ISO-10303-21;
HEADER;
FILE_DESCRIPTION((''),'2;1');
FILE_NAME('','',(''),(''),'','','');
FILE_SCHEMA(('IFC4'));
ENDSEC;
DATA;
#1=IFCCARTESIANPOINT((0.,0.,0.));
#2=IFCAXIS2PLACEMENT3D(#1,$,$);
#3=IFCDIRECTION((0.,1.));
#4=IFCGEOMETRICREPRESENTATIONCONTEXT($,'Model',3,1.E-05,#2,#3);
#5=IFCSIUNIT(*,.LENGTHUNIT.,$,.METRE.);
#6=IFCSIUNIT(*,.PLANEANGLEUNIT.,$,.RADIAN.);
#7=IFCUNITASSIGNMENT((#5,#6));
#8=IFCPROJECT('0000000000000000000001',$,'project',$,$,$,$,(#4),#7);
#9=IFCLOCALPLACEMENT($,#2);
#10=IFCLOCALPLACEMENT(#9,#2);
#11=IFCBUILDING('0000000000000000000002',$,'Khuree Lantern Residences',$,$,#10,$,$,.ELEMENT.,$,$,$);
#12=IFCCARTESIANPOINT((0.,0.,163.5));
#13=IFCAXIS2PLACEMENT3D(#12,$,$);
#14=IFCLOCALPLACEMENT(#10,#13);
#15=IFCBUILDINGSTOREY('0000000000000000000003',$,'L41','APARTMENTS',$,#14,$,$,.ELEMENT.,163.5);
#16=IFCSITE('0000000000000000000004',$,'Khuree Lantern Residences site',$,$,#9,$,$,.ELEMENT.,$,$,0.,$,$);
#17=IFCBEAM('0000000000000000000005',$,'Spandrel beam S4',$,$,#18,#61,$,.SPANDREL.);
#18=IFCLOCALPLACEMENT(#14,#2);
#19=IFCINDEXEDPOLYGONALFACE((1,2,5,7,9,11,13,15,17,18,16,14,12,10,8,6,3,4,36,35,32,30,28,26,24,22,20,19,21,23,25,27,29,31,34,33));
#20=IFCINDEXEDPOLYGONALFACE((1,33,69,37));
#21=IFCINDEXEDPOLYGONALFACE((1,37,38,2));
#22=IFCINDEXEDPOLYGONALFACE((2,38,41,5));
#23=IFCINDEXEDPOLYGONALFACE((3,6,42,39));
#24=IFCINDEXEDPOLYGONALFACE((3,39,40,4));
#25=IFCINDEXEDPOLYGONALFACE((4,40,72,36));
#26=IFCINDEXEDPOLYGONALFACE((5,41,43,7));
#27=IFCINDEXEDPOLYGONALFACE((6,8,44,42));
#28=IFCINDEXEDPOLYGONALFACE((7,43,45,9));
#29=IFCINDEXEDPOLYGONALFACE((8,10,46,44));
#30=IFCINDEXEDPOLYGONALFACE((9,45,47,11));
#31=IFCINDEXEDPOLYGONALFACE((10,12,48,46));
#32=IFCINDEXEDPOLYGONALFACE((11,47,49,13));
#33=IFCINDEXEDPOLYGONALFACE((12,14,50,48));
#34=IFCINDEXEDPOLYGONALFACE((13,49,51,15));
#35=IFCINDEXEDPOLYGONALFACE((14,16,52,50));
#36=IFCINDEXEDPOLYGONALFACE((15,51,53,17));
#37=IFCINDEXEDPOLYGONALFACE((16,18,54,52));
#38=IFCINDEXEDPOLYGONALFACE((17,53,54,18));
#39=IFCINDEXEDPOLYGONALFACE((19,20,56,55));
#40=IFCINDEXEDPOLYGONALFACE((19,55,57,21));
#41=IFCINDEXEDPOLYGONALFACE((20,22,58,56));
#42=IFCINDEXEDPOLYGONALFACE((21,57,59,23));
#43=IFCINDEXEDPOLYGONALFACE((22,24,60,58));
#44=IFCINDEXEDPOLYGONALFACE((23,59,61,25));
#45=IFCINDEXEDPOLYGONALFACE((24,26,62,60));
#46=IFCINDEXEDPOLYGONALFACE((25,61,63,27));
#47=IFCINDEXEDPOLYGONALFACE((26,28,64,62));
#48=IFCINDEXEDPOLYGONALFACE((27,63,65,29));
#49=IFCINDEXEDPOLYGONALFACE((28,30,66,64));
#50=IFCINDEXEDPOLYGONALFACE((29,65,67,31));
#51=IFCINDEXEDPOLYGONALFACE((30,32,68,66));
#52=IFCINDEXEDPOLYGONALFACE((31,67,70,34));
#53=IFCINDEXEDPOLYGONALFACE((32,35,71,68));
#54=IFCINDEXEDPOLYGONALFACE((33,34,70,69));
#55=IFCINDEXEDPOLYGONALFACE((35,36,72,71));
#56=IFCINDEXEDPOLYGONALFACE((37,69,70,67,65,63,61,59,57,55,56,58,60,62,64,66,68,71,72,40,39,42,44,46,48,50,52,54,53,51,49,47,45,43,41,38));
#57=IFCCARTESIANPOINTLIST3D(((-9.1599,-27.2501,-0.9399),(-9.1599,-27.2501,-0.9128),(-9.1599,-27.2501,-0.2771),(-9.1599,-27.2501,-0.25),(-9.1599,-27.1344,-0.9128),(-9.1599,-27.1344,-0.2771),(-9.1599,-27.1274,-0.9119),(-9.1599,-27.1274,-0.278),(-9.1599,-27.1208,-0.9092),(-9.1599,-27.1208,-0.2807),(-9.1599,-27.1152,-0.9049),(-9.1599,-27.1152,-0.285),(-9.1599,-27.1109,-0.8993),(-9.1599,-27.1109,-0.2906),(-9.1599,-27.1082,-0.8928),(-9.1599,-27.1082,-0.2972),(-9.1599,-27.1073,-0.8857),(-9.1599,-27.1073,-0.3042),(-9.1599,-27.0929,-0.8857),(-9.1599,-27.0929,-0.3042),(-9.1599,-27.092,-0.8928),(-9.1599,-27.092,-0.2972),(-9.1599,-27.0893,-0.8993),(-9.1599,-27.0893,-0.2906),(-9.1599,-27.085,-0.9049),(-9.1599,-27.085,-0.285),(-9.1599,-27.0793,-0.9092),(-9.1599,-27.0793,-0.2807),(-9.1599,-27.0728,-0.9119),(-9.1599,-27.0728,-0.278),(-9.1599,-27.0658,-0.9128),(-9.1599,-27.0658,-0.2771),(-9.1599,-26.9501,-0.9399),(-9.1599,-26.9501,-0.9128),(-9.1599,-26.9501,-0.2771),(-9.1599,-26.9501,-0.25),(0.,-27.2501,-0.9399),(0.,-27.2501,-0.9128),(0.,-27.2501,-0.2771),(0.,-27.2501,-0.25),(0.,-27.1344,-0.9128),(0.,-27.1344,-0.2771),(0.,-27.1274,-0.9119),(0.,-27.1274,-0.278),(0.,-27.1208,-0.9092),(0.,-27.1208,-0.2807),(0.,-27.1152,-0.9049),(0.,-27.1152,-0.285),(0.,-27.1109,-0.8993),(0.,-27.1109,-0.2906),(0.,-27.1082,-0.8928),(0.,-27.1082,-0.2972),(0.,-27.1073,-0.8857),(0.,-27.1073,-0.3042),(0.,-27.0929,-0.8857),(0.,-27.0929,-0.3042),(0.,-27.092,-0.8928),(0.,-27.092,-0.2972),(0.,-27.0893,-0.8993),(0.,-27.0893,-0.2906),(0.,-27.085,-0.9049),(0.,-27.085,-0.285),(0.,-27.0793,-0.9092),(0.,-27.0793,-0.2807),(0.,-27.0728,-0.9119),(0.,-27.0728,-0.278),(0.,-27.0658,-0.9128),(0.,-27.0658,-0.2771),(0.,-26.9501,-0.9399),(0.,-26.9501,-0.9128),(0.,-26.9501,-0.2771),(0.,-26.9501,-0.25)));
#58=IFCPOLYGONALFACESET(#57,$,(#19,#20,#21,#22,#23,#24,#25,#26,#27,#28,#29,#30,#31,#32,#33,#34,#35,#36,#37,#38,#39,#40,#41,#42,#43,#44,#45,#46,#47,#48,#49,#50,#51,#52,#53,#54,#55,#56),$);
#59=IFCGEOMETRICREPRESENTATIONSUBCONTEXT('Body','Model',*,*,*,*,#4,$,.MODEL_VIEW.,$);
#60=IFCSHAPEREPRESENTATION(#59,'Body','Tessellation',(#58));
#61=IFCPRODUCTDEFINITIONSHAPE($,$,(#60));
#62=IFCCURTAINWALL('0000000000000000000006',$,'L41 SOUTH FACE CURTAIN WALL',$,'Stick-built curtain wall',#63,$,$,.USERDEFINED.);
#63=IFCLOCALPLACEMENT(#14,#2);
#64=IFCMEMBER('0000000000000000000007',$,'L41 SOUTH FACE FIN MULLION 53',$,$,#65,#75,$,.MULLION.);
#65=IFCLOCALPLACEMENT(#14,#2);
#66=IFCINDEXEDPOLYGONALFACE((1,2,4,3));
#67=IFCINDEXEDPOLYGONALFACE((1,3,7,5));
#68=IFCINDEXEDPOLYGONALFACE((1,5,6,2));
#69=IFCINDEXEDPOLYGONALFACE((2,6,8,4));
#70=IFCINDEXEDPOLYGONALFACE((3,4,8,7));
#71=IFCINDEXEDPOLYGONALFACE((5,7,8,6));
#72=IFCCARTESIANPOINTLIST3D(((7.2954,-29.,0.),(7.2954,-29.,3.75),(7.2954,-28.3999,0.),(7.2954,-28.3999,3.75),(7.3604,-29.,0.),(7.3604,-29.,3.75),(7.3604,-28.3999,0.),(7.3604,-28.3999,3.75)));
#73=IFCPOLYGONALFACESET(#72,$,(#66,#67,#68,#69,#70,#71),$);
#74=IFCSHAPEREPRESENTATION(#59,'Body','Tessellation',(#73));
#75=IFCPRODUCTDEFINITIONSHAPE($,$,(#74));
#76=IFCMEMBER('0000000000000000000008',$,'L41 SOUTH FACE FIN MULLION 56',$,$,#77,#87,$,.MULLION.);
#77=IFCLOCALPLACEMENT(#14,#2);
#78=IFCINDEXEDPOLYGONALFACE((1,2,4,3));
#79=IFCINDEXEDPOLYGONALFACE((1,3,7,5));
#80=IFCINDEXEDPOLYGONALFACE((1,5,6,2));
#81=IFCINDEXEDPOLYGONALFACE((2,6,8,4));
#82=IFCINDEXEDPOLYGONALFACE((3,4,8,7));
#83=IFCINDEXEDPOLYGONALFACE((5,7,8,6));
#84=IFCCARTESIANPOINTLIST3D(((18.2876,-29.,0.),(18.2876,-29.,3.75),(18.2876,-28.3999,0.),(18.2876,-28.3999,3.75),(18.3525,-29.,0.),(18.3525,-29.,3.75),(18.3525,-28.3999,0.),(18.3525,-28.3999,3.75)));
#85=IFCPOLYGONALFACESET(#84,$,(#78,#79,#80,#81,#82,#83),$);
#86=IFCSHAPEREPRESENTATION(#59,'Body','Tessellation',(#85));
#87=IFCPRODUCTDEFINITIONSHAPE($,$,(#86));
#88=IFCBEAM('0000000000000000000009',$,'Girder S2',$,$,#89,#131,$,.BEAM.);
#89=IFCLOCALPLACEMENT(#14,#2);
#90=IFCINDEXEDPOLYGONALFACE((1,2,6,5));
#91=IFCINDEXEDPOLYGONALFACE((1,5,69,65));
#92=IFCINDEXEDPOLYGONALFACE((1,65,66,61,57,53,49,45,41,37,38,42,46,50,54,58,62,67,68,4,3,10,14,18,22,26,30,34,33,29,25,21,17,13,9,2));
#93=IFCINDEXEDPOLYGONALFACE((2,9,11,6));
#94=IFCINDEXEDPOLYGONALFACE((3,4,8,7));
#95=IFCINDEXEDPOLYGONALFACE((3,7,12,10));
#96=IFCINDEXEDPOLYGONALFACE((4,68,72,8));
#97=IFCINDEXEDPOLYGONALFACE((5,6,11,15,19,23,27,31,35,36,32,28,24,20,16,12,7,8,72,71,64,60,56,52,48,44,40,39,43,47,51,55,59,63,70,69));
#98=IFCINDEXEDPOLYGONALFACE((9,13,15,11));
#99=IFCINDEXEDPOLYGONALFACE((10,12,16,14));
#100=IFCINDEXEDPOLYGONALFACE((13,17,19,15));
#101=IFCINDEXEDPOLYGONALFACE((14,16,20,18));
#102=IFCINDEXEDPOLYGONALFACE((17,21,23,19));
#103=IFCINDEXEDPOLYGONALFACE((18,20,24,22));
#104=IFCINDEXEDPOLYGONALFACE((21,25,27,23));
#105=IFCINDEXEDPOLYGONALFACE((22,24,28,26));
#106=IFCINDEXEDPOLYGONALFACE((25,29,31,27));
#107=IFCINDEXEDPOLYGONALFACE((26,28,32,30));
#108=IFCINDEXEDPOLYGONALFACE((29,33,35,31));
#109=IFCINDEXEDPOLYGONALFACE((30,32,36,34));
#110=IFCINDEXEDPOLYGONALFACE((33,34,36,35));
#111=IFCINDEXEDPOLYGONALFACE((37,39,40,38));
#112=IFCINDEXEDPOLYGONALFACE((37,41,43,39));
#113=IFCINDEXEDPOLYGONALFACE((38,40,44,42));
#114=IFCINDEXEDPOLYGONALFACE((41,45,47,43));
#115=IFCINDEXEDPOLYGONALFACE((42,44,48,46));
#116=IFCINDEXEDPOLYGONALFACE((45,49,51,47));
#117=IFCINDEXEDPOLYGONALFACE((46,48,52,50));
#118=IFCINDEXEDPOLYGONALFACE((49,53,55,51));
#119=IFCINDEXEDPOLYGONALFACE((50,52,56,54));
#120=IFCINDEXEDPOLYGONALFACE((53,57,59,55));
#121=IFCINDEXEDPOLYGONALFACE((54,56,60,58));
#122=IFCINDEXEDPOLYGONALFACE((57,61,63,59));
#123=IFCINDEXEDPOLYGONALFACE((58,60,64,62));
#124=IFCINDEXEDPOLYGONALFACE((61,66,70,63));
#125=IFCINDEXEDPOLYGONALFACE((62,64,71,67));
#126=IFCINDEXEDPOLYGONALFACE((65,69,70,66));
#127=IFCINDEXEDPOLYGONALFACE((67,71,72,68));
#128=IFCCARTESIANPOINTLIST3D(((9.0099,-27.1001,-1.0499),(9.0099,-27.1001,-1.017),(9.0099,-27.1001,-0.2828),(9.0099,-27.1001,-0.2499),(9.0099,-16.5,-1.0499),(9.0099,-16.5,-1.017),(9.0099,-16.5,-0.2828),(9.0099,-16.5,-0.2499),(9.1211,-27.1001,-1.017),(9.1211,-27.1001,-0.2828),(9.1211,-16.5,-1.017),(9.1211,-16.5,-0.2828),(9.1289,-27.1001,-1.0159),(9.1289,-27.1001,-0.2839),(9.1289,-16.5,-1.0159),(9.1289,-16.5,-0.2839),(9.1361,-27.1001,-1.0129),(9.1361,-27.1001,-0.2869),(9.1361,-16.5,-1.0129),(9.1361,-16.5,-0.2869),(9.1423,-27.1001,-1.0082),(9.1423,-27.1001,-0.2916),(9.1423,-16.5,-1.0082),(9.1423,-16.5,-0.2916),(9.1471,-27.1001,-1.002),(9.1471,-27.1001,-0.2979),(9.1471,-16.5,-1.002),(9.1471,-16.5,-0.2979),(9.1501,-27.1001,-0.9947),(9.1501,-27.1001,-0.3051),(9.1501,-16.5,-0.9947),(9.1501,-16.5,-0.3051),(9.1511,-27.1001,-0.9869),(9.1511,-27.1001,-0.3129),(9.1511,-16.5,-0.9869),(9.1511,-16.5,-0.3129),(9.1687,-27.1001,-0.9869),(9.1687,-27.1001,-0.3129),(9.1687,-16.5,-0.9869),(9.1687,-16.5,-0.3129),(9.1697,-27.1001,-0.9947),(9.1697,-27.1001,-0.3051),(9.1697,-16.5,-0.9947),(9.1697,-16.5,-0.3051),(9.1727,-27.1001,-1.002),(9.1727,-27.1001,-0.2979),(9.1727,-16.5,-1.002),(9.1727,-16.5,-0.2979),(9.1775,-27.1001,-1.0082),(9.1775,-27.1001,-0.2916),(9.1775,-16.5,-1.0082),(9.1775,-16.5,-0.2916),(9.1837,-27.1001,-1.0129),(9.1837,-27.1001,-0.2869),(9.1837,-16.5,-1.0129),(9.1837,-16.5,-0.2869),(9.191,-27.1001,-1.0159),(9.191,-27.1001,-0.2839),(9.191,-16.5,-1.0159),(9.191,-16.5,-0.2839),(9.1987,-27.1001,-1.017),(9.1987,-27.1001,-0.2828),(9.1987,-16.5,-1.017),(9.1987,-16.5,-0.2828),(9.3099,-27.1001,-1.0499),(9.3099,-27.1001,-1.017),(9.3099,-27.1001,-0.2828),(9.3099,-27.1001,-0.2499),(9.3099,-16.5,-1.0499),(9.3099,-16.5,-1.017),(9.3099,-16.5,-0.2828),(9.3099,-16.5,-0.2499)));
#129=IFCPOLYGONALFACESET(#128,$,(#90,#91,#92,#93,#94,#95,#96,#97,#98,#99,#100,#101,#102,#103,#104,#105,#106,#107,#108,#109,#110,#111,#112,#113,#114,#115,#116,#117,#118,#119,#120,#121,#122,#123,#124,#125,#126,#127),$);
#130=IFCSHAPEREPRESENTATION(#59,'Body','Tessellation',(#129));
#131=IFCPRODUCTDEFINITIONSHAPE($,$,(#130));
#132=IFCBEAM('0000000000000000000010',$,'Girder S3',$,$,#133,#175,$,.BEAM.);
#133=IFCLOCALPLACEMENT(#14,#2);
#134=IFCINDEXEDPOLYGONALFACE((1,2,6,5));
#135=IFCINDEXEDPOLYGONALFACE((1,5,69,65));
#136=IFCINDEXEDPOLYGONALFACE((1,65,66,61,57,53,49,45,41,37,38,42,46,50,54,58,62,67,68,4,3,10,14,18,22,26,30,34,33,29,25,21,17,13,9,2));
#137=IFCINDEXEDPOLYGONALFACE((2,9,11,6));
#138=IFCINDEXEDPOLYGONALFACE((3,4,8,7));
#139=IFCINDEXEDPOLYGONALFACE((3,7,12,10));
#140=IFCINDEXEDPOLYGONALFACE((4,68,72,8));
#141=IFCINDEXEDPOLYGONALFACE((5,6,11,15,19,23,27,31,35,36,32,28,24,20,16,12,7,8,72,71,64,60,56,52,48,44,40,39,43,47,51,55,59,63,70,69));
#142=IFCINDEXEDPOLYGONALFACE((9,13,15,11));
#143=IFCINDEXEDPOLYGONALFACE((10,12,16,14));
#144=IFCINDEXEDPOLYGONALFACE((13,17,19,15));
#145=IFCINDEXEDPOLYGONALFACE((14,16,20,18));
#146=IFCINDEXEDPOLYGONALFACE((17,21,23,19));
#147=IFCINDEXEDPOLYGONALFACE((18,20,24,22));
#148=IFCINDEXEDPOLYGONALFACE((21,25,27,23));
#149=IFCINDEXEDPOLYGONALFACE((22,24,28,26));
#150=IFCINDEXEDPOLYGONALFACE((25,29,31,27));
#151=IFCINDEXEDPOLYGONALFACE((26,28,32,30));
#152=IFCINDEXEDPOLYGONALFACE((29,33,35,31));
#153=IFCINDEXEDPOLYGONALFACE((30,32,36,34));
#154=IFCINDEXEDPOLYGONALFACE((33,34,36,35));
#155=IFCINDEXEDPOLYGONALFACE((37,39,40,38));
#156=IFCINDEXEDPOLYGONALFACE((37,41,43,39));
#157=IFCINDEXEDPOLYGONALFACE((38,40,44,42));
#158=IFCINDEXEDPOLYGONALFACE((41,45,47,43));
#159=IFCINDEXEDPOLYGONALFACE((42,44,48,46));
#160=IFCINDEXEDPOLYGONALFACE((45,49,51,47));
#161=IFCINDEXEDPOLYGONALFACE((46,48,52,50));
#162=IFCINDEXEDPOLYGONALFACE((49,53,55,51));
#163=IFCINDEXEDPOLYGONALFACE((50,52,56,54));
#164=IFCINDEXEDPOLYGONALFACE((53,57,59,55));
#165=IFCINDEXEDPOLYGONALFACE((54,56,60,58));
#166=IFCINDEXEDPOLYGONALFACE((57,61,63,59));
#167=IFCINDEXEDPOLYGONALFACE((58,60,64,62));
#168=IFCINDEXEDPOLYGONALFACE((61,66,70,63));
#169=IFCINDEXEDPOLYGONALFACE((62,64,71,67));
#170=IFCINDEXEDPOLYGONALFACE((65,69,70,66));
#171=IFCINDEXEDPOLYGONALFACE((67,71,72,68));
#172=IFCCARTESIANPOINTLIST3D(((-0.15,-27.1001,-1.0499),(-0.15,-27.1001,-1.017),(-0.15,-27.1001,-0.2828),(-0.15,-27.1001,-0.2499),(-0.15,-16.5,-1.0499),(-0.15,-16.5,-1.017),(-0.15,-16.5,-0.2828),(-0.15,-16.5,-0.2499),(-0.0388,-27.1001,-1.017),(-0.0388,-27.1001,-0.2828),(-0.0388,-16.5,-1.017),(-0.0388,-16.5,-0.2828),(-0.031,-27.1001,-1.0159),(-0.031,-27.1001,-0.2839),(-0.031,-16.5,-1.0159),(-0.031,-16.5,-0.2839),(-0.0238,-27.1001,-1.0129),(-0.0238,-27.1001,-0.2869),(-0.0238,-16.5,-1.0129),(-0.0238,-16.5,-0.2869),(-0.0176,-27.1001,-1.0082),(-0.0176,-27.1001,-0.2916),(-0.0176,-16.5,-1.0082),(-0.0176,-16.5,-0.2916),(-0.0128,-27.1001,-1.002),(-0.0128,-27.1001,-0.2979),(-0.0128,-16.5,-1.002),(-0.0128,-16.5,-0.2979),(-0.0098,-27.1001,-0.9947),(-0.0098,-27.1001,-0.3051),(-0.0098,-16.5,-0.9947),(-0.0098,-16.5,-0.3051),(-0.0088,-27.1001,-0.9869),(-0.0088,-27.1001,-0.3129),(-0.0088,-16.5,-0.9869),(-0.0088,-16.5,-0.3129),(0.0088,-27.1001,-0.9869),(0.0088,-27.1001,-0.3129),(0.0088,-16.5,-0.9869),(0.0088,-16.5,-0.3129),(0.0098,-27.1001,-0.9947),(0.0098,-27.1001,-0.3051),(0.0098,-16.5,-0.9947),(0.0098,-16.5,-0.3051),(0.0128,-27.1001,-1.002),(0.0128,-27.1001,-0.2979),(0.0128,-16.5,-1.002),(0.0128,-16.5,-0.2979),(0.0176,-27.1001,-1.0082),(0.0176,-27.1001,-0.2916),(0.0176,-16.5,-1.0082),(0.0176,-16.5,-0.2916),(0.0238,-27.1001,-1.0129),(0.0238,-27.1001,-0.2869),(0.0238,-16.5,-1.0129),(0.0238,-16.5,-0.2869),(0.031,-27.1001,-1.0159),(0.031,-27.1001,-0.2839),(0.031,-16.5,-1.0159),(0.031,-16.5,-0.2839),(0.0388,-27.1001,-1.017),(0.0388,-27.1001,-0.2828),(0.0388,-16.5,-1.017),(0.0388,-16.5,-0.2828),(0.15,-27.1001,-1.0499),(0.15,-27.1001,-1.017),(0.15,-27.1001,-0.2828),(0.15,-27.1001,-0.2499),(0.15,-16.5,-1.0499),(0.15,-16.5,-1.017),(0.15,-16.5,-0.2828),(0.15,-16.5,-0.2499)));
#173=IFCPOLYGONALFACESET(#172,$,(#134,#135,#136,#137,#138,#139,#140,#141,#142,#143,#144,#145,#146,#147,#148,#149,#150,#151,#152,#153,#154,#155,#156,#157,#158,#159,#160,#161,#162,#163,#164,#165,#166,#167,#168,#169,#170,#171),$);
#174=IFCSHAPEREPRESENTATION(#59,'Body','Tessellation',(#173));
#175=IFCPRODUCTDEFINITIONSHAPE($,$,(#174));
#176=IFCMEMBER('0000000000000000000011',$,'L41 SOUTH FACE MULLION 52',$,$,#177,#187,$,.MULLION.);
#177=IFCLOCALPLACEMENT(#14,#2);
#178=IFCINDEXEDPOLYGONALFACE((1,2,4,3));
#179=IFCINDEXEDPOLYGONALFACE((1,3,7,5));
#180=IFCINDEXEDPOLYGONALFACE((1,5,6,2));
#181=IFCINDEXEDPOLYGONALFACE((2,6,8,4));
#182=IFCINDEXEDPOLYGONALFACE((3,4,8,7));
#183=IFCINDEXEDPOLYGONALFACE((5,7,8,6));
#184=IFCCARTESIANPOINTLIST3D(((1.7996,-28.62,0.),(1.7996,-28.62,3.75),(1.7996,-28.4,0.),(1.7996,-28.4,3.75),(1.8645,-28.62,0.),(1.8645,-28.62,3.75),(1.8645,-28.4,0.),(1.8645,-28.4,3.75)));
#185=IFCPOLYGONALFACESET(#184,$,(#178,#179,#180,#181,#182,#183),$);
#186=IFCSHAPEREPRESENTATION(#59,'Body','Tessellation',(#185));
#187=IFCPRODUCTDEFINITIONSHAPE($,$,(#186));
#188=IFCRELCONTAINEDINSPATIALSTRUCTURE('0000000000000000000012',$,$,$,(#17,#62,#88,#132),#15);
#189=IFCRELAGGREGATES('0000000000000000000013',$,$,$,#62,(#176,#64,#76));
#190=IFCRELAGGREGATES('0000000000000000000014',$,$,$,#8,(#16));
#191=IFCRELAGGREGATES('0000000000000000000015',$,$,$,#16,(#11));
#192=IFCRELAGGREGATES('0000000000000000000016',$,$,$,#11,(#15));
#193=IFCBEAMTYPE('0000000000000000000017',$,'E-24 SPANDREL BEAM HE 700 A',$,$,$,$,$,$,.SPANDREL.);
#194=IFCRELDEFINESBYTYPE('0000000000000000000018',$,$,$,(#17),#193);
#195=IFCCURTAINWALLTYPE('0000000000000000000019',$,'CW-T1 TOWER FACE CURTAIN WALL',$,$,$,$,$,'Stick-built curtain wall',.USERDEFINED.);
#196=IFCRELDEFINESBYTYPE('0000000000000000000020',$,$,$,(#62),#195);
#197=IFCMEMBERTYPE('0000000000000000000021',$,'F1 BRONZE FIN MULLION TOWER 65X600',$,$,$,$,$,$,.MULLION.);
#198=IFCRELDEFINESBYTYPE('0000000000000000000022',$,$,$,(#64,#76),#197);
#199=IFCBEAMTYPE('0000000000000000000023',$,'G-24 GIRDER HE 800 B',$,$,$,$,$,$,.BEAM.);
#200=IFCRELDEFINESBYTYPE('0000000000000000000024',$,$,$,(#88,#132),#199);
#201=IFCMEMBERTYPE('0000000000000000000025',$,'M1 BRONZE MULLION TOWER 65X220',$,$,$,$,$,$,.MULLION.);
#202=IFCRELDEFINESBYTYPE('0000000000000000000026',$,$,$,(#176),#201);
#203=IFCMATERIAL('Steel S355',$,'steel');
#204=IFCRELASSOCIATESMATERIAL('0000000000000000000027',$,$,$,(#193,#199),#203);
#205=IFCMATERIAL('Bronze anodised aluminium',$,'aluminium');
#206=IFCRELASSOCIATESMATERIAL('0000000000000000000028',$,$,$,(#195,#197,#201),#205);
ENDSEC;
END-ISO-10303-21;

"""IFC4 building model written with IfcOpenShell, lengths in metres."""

from ifc_helpers import new_model, si_unit, direction, frame, origin, origin_2d, place, context, subcontext, project, spatial, rectangle, i_section, extrude, material, material_profile, profile_set, type_object, element, aggregate, save


model = new_model("IFC4")

# Units and contexts
model_context = context("Model", 3, precision=1e-05, world=origin(), true_north=direction((0.0, 1.0)))
body_context = subcontext(model_context, "Body", "Model", "MODEL_VIEW")
ifc_project = project(units=[si_unit("LENGTHUNIT", "METRE"), si_unit("PLANEANGLEUNIT", "RADIAN")], contexts=[model_context])

# Site, building, storey
site_placement = place(None, origin())
site = spatial("IfcSite", under=ifc_project, at=site_placement, Name="Khuree Lantern Residences site", CompositionType="ELEMENT", RefElevation=0.0)
building_placement = place(site_placement, origin())
building = spatial("IfcBuilding", under=site, at=building_placement, Name="Khuree Lantern Residences", CompositionType="ELEMENT")
storey_placement = place(building_placement, frame((0.0, 0.0, 163.5)))
storey = spatial("IfcBuildingStorey", under=building, at=storey_placement, Name="L41", Description="APARTMENTS", CompositionType="ELEMENT", Elevation=163.5)

# Beam
ifc_material_1 = material(Name="Steel S355", Category="steel")
ifc_material_profile_1 = material_profile(ifc_material_1, i_section(OverallWidth=0.3, OverallDepth=0.6899, WebThickness=0.0144, FlangeThickness=0.0271, FilletRadius=0.0271, at=origin_2d()), Name="HE 700 A")
ifc_profile_set_1 = profile_set([ifc_material_profile_1], Name="Steel S355")
beam_type_1 = type_object("IfcBeamType", Name="E-24 SPANDREL BEAM HE 700 A", PredefinedType="SPANDREL", material=ifc_profile_set_1)
for number, where, z_axis, x_axis, name in (
    (1, (0.0, -27.1001, -0.595), (-1.0, 0.0, 0.0), (0.0, -1.0, 0.0), "Spandrel beam S4"),
):
    element("IfcBeam", number, at=place(storey_placement, frame(where, z_axis=z_axis, x_axis=x_axis)), inside=storey, type_object=beam_type_1, Name=name, PredefinedType="SPANDREL", context=body_context, shape_type="SweptSolid", body=[
        extrude(i_section(OverallWidth=0.3, OverallDepth=0.6899, WebThickness=0.0144, FlangeThickness=0.0271, FilletRadius=0.0271, at=origin_2d()), origin(), (0.0, 0.0, 1.0), 9.1599),
    ])

# Curtain wall, members
ifc_material_2 = material(Name="Bronze anodised aluminium", Category="aluminium")
curtain_wall_type = type_object("IfcCurtainWallType", Name="CW-T1 TOWER FACE CURTAIN WALL", ElementType="Stick-built curtain wall", PredefinedType="USERDEFINED", material=ifc_material_2)
curtain_wall_placement = place(storey_placement, origin())
curtain_wall = element("IfcCurtainWall", 2, at=curtain_wall_placement, inside=storey, type_object=curtain_wall_type, Name="L41 SOUTH FACE CURTAIN WALL", ObjectType="Stick-built curtain wall", PredefinedType="USERDEFINED")
ifc_material_profile_2 = material_profile(ifc_material_2, rectangle(XDim=0.0649, YDim=0.6001, at=origin_2d()), Name="F1 65X600")
ifc_profile_set_2 = profile_set([ifc_material_profile_2], Name="Bronze anodised aluminium")
member_type_1 = type_object("IfcMemberType", Name="F1 BRONZE FIN MULLION TOWER 65X600", PredefinedType="MULLION", material=ifc_profile_set_2)
member_1_placement = place(storey_placement, frame((7.3279, -28.7, 0.0), z_axis=(0.0, 0.0, 1.0), x_axis=(1.0, 0.0, 0.0)))
member_1 = element("IfcMember", 3, at=member_1_placement, type_object=member_type_1, Name="L41 SOUTH FACE FIN MULLION 53", PredefinedType="MULLION", context=body_context, shape_type="SweptSolid", body=[
    extrude(rectangle(XDim=0.0649, YDim=0.6001, at=origin_2d()), origin(), (0.0, 0.0, 1.0), 3.75),
])
member_2_placement = place(storey_placement, frame((18.3201, -28.7, 0.0), z_axis=(0.0, 0.0, 1.0), x_axis=(1.0, 0.0, 0.0)))
member_2 = element("IfcMember", 4, at=member_2_placement, type_object=member_type_1, Name="L41 SOUTH FACE FIN MULLION 56", PredefinedType="MULLION", context=body_context, shape_type="SweptSolid", body=[
    extrude(rectangle(XDim=0.0649, YDim=0.6001, at=origin_2d()), origin(), (0.0, 0.0, 1.0), 3.75),
])

# Beams
ifc_material_profile_3 = material_profile(ifc_material_1, i_section(OverallWidth=0.3, OverallDepth=0.8, WebThickness=0.0176, FlangeThickness=0.033, FilletRadius=0.03, at=origin_2d()), Name="HE 800 B")
ifc_profile_set_3 = profile_set([ifc_material_profile_3], Name="Steel S355")
beam_type_2 = type_object("IfcBeamType", Name="G-24 GIRDER HE 800 B", PredefinedType="BEAM", material=ifc_profile_set_3)
for number, where, z_axis, x_axis, name in (
    (5, (9.1599, -27.1001, -0.6499), (0.0, 1.0, 0.0), (-1.0, 0.0, 0.0), "Girder S2"),
    (6, (0.0, -27.1001, -0.6499), (0.0, 1.0, 0.0), (-1.0, 0.0, 0.0), "Girder S3"),
):
    element("IfcBeam", number, at=place(storey_placement, frame(where, z_axis=z_axis, x_axis=x_axis)), inside=storey, type_object=beam_type_2, Name=name, PredefinedType="BEAM", context=body_context, shape_type="SweptSolid", body=[
        extrude(i_section(OverallWidth=0.3, OverallDepth=0.8, WebThickness=0.0176, FlangeThickness=0.033, FilletRadius=0.03, at=origin_2d()), origin(), (0.0, 0.0, 1.0), 10.6001),
    ])

# Member
ifc_material_profile_4 = material_profile(ifc_material_2, rectangle(XDim=0.0649, YDim=0.22, at=origin_2d()), Name="M1 65X220")
ifc_profile_set_4 = profile_set([ifc_material_profile_4], Name="Bronze anodised aluminium")
member_type_2 = type_object("IfcMemberType", Name="M1 BRONZE MULLION TOWER 65X220", PredefinedType="MULLION", material=ifc_profile_set_4)
member_3_placement = place(storey_placement, frame((1.832, -28.51, 0.0), z_axis=(0.0, 0.0, 1.0), x_axis=(1.0, 0.0, 0.0)))
member_3 = element("IfcMember", 7, at=member_3_placement, type_object=member_type_2, Name="L41 SOUTH FACE MULLION 52", PredefinedType="MULLION", context=body_context, shape_type="SweptSolid", body=[
    extrude(rectangle(XDim=0.0649, YDim=0.22, at=origin_2d()), origin(), (0.0, 0.0, 1.0), 3.75),
])

aggregate(curtain_wall, [member_3, member_1, member_2])

save(model, "model.ifc")
